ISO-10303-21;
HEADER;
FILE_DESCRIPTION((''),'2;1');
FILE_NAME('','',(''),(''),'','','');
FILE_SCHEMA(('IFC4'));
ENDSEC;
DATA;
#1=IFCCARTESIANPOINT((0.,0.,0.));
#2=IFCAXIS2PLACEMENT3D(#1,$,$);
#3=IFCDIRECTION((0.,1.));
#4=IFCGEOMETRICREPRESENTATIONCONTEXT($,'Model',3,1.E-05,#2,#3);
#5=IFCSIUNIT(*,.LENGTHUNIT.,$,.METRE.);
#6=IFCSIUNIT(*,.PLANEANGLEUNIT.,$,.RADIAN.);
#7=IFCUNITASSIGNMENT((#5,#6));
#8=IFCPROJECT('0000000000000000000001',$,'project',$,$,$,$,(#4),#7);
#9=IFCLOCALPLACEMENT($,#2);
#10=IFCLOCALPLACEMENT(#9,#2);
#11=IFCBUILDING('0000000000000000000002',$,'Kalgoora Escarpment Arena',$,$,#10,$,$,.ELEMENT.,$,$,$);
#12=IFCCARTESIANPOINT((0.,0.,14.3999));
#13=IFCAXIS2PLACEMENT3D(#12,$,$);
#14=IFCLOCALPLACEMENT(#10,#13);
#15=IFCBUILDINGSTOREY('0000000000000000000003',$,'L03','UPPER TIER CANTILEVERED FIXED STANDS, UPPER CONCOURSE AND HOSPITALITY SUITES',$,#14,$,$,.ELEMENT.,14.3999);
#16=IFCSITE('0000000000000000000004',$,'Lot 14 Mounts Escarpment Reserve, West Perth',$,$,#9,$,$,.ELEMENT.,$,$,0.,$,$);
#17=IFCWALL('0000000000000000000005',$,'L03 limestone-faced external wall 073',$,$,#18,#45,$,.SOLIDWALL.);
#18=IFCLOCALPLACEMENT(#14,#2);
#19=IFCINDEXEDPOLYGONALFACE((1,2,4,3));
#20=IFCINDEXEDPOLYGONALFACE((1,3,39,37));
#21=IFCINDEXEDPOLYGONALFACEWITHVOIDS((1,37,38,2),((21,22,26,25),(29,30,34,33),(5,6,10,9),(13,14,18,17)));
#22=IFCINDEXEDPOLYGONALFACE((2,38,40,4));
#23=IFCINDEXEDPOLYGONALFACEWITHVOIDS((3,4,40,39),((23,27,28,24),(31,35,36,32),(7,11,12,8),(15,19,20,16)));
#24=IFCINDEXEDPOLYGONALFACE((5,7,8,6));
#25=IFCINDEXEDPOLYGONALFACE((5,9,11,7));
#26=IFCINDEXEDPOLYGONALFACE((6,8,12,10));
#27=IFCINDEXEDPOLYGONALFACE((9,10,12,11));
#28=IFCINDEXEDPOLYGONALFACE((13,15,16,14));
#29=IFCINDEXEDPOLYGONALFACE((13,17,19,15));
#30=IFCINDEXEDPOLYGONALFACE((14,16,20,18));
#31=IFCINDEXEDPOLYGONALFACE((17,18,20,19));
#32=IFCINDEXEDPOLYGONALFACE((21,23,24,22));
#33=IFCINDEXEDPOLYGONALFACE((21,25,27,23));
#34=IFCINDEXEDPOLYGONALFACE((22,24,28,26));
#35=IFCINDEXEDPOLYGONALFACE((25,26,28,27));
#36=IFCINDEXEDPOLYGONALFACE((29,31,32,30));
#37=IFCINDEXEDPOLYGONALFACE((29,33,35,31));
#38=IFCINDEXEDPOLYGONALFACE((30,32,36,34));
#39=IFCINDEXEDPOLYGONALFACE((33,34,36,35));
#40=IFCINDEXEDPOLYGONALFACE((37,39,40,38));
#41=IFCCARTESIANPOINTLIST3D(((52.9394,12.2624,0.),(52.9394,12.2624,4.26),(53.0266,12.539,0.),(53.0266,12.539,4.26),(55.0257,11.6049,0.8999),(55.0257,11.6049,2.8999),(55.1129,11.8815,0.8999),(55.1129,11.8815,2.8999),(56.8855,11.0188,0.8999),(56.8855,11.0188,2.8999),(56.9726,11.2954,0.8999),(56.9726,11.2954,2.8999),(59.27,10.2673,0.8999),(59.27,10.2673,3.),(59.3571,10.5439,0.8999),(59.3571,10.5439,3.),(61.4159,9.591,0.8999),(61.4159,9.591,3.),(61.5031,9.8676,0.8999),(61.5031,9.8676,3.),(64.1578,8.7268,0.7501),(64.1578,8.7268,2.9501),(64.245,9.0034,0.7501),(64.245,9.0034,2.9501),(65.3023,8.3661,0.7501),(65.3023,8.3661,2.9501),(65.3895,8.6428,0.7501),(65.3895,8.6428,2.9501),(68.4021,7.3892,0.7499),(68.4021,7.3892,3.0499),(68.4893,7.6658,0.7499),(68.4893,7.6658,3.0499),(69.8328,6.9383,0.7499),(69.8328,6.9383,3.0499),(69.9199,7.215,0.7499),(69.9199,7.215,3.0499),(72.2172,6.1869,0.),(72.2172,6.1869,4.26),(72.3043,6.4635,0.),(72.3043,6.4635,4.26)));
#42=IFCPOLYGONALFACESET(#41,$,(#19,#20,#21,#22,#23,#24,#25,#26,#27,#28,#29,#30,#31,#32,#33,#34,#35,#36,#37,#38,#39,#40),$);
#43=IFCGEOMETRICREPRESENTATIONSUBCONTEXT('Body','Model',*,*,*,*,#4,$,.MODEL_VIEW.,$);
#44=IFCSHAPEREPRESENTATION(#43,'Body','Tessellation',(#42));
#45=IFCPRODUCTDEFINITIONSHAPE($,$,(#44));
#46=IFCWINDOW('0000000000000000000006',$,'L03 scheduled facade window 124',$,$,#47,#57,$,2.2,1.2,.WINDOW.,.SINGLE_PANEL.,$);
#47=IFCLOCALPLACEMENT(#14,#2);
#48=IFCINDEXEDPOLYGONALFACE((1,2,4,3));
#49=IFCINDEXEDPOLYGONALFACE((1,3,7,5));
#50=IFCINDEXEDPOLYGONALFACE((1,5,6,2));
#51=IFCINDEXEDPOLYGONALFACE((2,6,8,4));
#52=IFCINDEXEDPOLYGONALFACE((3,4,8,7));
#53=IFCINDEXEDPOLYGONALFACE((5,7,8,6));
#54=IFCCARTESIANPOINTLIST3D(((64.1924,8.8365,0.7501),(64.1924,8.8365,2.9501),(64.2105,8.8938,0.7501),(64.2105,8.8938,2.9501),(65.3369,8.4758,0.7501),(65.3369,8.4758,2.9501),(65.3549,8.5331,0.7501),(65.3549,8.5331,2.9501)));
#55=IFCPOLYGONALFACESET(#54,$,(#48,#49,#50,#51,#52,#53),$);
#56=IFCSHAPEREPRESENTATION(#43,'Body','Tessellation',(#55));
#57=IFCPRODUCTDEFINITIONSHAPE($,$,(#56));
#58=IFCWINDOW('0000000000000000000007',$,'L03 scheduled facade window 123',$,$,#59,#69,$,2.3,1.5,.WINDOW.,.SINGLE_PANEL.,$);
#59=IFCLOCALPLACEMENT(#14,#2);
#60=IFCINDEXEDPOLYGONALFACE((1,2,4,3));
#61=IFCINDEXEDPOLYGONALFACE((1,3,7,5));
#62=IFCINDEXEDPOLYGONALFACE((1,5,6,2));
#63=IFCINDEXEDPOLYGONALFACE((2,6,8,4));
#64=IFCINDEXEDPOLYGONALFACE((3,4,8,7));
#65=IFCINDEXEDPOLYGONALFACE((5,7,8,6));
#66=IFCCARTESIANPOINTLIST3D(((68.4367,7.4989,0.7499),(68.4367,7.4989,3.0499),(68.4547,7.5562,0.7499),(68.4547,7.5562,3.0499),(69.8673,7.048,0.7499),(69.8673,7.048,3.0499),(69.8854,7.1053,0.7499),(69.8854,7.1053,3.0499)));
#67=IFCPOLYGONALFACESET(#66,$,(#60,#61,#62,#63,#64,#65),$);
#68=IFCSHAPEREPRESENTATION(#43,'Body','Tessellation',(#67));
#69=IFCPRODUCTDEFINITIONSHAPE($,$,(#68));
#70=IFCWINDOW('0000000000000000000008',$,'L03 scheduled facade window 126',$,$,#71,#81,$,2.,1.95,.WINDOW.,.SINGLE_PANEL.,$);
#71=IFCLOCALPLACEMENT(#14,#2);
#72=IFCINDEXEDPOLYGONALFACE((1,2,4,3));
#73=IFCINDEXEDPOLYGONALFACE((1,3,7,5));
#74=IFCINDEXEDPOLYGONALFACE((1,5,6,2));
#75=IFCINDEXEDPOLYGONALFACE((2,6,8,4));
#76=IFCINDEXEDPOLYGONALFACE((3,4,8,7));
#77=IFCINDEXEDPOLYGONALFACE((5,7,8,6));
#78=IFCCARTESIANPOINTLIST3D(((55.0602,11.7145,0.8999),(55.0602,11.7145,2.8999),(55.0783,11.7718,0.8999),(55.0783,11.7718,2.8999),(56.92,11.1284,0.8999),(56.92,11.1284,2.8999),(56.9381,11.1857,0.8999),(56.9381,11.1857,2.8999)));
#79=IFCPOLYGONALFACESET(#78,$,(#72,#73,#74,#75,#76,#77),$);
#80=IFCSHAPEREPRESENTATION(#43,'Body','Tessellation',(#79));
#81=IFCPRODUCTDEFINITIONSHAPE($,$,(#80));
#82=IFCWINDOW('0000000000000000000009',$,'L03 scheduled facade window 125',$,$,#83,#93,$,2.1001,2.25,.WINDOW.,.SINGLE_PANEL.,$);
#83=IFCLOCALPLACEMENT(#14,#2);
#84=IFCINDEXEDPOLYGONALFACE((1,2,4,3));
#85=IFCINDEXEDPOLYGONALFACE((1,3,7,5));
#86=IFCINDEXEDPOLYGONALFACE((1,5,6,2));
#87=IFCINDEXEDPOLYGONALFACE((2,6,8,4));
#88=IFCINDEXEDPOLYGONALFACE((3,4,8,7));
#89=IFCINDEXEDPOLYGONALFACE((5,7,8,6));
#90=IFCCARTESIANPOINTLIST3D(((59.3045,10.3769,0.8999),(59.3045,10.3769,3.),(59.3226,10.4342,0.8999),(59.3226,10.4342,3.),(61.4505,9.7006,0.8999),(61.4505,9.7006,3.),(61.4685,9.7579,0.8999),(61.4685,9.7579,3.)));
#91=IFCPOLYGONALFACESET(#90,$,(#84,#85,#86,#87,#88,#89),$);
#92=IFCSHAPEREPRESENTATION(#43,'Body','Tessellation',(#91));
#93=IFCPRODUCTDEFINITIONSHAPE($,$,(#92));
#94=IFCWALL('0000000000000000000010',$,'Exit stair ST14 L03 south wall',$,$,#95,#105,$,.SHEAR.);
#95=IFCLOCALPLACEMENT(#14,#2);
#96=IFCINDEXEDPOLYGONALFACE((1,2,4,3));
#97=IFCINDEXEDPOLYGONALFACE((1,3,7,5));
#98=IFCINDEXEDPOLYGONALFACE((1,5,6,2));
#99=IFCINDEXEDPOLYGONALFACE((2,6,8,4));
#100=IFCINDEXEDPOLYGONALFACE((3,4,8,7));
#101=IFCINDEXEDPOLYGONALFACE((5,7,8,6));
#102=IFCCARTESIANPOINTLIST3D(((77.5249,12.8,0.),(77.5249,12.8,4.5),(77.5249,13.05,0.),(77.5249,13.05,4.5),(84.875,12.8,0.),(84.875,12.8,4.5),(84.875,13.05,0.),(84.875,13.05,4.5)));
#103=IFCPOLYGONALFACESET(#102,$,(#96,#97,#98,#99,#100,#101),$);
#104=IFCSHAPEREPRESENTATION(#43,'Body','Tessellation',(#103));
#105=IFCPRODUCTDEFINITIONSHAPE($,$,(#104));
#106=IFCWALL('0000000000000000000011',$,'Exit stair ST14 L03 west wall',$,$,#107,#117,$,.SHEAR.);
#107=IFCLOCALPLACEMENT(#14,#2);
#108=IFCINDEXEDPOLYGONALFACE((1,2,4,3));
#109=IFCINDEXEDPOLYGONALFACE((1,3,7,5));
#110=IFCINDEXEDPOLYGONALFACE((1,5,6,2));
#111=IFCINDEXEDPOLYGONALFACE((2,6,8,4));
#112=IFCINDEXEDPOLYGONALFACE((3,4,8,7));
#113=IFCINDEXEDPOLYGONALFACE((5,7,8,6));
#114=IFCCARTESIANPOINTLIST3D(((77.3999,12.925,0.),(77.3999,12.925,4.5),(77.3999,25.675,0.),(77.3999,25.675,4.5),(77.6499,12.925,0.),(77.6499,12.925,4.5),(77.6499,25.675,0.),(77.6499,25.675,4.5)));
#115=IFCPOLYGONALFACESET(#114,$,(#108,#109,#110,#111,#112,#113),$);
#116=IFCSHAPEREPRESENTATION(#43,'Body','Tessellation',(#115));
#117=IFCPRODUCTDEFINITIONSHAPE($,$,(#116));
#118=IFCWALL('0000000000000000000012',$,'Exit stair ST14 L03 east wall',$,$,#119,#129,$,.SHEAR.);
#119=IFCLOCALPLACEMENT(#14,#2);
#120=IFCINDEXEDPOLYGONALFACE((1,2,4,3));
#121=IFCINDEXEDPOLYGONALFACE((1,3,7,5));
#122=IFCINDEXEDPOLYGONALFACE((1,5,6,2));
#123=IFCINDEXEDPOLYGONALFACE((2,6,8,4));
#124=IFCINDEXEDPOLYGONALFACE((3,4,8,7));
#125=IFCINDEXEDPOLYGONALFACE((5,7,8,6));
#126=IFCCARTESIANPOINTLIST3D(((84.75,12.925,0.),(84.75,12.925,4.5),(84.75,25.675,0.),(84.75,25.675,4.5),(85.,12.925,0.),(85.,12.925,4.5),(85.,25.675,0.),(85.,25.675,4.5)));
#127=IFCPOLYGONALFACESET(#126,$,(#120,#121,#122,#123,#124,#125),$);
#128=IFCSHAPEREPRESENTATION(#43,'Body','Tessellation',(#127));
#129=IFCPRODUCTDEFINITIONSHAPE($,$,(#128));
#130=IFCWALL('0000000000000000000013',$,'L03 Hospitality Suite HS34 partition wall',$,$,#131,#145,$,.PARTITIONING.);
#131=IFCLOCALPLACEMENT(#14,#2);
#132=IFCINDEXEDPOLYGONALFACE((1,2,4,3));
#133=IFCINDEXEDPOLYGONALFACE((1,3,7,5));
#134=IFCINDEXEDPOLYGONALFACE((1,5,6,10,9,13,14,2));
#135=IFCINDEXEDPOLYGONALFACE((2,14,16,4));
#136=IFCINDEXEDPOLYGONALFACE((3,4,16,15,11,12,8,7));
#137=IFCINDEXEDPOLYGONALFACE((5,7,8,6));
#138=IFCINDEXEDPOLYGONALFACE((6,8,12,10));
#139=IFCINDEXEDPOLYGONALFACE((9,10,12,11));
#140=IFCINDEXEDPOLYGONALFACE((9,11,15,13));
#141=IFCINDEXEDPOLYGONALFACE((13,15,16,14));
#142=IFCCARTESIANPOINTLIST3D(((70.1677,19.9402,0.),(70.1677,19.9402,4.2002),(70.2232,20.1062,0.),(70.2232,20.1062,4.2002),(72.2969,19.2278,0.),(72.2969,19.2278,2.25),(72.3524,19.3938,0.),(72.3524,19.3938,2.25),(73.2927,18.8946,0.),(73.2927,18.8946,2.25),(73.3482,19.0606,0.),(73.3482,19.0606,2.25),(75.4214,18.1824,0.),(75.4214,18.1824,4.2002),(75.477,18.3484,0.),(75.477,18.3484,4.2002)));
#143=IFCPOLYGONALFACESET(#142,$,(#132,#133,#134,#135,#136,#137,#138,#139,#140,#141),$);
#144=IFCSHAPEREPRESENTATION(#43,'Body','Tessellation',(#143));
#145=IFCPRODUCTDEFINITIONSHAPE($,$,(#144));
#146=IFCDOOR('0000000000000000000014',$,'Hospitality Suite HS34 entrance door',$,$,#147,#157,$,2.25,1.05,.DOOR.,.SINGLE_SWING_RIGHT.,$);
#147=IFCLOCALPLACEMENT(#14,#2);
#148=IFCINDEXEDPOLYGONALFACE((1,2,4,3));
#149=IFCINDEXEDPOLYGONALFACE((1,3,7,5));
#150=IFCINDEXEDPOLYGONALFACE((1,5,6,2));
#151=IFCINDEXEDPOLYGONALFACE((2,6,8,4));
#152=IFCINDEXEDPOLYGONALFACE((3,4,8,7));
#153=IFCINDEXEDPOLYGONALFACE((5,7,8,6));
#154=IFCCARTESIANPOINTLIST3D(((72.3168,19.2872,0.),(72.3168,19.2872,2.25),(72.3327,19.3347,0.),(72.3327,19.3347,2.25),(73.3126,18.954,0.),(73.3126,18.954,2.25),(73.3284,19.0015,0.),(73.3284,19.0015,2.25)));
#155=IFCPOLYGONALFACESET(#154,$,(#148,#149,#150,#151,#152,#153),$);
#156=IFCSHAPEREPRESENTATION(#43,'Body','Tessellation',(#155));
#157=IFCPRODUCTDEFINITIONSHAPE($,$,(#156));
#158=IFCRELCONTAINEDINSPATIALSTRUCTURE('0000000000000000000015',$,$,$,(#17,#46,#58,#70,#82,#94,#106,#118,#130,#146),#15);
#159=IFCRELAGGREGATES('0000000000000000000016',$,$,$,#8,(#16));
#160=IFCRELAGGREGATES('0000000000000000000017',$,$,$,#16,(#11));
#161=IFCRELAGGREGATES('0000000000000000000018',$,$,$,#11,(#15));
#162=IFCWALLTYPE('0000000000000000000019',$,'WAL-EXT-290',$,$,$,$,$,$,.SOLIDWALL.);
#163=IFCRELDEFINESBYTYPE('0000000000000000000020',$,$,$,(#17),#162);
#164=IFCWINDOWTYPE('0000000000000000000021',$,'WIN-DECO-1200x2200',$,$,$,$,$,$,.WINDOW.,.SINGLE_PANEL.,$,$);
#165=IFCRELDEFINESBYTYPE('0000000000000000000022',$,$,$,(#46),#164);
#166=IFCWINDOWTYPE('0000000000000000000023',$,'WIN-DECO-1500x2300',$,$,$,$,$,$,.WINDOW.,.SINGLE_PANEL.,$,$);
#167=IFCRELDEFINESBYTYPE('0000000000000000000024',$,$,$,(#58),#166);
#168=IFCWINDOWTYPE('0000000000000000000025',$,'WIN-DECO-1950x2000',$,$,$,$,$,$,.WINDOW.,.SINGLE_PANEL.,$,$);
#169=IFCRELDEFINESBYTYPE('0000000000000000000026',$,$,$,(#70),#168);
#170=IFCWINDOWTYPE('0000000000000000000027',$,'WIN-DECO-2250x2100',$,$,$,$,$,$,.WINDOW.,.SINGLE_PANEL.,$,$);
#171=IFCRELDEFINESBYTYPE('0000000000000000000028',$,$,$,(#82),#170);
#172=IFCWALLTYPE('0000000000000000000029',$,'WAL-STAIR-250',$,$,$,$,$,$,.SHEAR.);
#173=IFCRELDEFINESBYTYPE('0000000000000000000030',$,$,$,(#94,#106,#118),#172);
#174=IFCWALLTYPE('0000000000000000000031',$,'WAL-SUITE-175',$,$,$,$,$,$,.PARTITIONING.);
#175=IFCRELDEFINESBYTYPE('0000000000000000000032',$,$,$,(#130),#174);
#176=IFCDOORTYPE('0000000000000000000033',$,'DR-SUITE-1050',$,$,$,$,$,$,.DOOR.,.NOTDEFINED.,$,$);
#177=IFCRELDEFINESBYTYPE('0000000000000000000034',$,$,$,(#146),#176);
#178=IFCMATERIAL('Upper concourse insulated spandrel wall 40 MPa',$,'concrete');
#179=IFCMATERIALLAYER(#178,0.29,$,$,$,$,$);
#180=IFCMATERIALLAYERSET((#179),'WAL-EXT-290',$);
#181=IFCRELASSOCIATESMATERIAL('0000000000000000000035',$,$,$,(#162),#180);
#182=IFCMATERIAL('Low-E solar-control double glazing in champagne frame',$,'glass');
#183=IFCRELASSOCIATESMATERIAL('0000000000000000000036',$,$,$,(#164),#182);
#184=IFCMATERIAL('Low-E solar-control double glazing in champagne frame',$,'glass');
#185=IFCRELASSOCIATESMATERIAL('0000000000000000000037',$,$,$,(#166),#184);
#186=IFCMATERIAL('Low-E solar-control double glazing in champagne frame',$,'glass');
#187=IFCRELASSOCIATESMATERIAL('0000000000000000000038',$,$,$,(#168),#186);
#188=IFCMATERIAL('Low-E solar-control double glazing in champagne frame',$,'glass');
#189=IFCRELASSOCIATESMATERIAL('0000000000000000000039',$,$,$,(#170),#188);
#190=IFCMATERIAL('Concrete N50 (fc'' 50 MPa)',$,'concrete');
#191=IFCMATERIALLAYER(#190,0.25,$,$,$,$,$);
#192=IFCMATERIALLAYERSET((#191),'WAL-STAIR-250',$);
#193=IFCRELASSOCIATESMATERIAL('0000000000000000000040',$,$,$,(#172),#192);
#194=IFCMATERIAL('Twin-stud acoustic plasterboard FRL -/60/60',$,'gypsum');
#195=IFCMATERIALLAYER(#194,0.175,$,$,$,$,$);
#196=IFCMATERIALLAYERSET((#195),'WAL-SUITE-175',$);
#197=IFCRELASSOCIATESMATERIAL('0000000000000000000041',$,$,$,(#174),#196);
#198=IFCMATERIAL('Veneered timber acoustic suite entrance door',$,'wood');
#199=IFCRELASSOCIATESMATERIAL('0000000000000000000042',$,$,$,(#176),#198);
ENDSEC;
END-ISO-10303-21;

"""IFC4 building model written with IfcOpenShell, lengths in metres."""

from ifc_helpers import new_model, si_unit, direction, frame, frame_2d, origin, place, context, subcontext, project, spatial, rectangle, extrude, material, layer, layer_set, type_object, element, fill, save


model = new_model("IFC4")

# Units and contexts
model_context = context("Model", 3, precision=1e-05, world=origin(), true_north=direction((0.0, 1.0)))
body_context = subcontext(model_context, "Body", "Model", "MODEL_VIEW")
ifc_project = project(units=[si_unit("LENGTHUNIT", "METRE"), si_unit("PLANEANGLEUNIT", "RADIAN")], contexts=[model_context])

# Site, building, storey
site_placement = place(None, origin())
site = spatial("IfcSite", under=ifc_project, at=site_placement, Name="Lot 14 Mounts Escarpment Reserve, West Perth", CompositionType="ELEMENT", RefElevation=0.0)
building_placement = place(site_placement, origin())
building = spatial("IfcBuilding", under=site, at=building_placement, Name="Kalgoora Escarpment Arena", CompositionType="ELEMENT")
storey_placement = place(building_placement, frame((0.0, 0.0, 14.3999)))
storey = spatial("IfcBuildingStorey", under=building, at=storey_placement, Name="L03", Description="UPPER TIER CANTILEVERED FIXED STANDS, UPPER CONCOURSE AND HOSPITALITY SUITES", CompositionType="ELEMENT", Elevation=14.3999)

# Wall, openings, windows
ifc_material_1 = material(Name="Upper concourse insulated spandrel wall 40 MPa", Category="concrete")
ifc_layer_1 = layer(ifc_material_1, 0.29)
ifc_layer_set_1 = layer_set([ifc_layer_1], Name="WAL-EXT-290")
wall_type_1 = type_object("IfcWallType", Name="WAL-EXT-290", PredefinedType="SOLIDWALL", material=ifc_layer_set_1)
wall_1_placement = place(storey_placement, frame((72.2607, 6.3252, 0.0), z_axis=(0.0, 0.0, 1.0), x_axis=(-0.953756, 0.300582, 0.0)))
wall_1 = element("IfcWall", 1, at=wall_1_placement, inside=storey, type_object=wall_type_1, Name="L03 limestone-faced external wall 073", PredefinedType="SOLIDWALL", context=body_context, shape_type="SweptSolid", body=[
    extrude(rectangle(XDim=20.2124, YDim=0.29, at=frame_2d((10.1062, 0.0))), origin(), (0.0, 0.0, 1.0), 4.26),
])
opening_1_placement = place(wall_1_placement, frame((2.5, 0.0, 0.75)))
opening_1 = element("IfcOpeningElement", 2, at=opening_1_placement, cuts=wall_1, PredefinedType="OPENING", context=body_context, shape_type="SweptSolid", body=[
    extrude(rectangle(XDim=1.5, YDim=2.3, at=frame_2d((0.75, 1.1499))), frame((0.0, 0.155, 0.0), z_axis=(0.0, -1.0, 0.0), x_axis=(1.0, 0.0, 0.0)), (0.0, 0.0, 1.0), 0.3101),
])
opening_2_placement = place(wall_1_placement, frame((7.25, 0.0, 0.75)))
opening_2 = element("IfcOpeningElement", 3, at=opening_2_placement, cuts=wall_1, PredefinedType="OPENING", context=body_context, shape_type="SweptSolid", body=[
    extrude(rectangle(XDim=1.2, YDim=2.2, at=frame_2d((0.6001, 1.1001))), frame((0.0, 0.155, 0.0), z_axis=(0.0, -1.0, 0.0), x_axis=(1.0, 0.0, 0.0)), (0.0, 0.0, 1.0), 0.3101),
])
opening_3_placement = place(wall_1_placement, frame((11.325, 0.0, 0.8999)))
opening_3 = element("IfcOpeningElement", 4, at=opening_3_placement, cuts=wall_1, PredefinedType="OPENING", context=body_context, shape_type="SweptSolid", body=[
    extrude(rectangle(XDim=2.25, YDim=2.1001, at=frame_2d((1.125, 1.05))), frame((0.0, 0.155, 0.0), z_axis=(0.0, -1.0, 0.0), x_axis=(1.0, 0.0, 0.0)), (0.0, 0.0, 1.0), 0.3101),
])
opening_4_placement = place(wall_1_placement, frame((16.075, 0.0, 0.8999)))
opening_4 = element("IfcOpeningElement", 5, at=opening_4_placement, cuts=wall_1, PredefinedType="OPENING", context=body_context, shape_type="SweptSolid", body=[
    extrude(rectangle(XDim=1.95, YDim=2.0, at=frame_2d((0.9751, 1.0))), frame((0.0, 0.155, 0.0), z_axis=(0.0, -1.0, 0.0), x_axis=(1.0, 0.0, 0.0)), (0.0, 0.0, 1.0), 0.3101),
])
ifc_material_2 = material(Name="Low-E solar-control double glazing in champagne frame", Category="glass")
window_type_1 = type_object("IfcWindowType", Name="WIN-DECO-1200x2200", PartitioningType="SINGLE_PANEL", PredefinedType="WINDOW", material=ifc_material_2)
window_1_placement = place(opening_2_placement, origin())
window_1 = element("IfcWindow", 6, at=window_1_placement, inside=storey, type_object=window_type_1, Name="L03 scheduled facade window 124", OverallHeight=2.2, OverallWidth=1.2, PartitioningType="SINGLE_PANEL", PredefinedType="WINDOW", context=body_context, shape_type="SweptSolid", body=[
    extrude(rectangle(XDim=1.2, YDim=2.2, at=frame_2d((0.6001, 1.1001))), frame((0.0, 0.03, 0.0), z_axis=(0.0, -1.0, 0.0), x_axis=(1.0, 0.0, 0.0)), (0.0, 0.0, 1.0), 0.0601),
])
fill(opening_2, window_1)
ifc_material_3 = material(Name="Low-E solar-control double glazing in champagne frame", Category="glass")
window_type_2 = type_object("IfcWindowType", Name="WIN-DECO-1500x2300", PartitioningType="SINGLE_PANEL", PredefinedType="WINDOW", material=ifc_material_3)
window_2_placement = place(opening_1_placement, origin())
window_2 = element("IfcWindow", 7, at=window_2_placement, inside=storey, type_object=window_type_2, Name="L03 scheduled facade window 123", OverallHeight=2.3, OverallWidth=1.5, PartitioningType="SINGLE_PANEL", PredefinedType="WINDOW", context=body_context, shape_type="SweptSolid", body=[
    extrude(rectangle(XDim=1.5, YDim=2.3, at=frame_2d((0.75, 1.1499))), frame((0.0, 0.03, 0.0), z_axis=(0.0, -1.0, 0.0), x_axis=(1.0, 0.0, 0.0)), (0.0, 0.0, 1.0), 0.0601),
])
fill(opening_1, window_2)
ifc_material_4 = material(Name="Low-E solar-control double glazing in champagne frame", Category="glass")
window_type_3 = type_object("IfcWindowType", Name="WIN-DECO-1950x2000", PartitioningType="SINGLE_PANEL", PredefinedType="WINDOW", material=ifc_material_4)
window_3_placement = place(opening_4_placement, origin())
window_3 = element("IfcWindow", 8, at=window_3_placement, inside=storey, type_object=window_type_3, Name="L03 scheduled facade window 126", OverallHeight=2.0, OverallWidth=1.95, PartitioningType="SINGLE_PANEL", PredefinedType="WINDOW", context=body_context, shape_type="SweptSolid", body=[
    extrude(rectangle(XDim=1.95, YDim=2.0, at=frame_2d((0.9751, 1.0))), frame((0.0, 0.03, 0.0), z_axis=(0.0, -1.0, 0.0), x_axis=(1.0, 0.0, 0.0)), (0.0, 0.0, 1.0), 0.0601),
])
fill(opening_4, window_3)
ifc_material_5 = material(Name="Low-E solar-control double glazing in champagne frame", Category="glass")
window_type_4 = type_object("IfcWindowType", Name="WIN-DECO-2250x2100", PartitioningType="SINGLE_PANEL", PredefinedType="WINDOW", material=ifc_material_5)
window_4_placement = place(opening_3_placement, origin())
window_4 = element("IfcWindow", 9, at=window_4_placement, inside=storey, type_object=window_type_4, Name="L03 scheduled facade window 125", OverallHeight=2.1001, OverallWidth=2.25, PartitioningType="SINGLE_PANEL", PredefinedType="WINDOW", context=body_context, shape_type="SweptSolid", body=[
    extrude(rectangle(XDim=2.25, YDim=2.1001, at=frame_2d((1.125, 1.05))), frame((0.0, 0.03, 0.0), z_axis=(0.0, -1.0, 0.0), x_axis=(1.0, 0.0, 0.0)), (0.0, 0.0, 1.0), 0.0601),
])
fill(opening_3, window_4)

# Walls
ifc_material_6 = material(Name="Concrete N50 (fc' 50 MPa)", Category="concrete")
ifc_layer_2 = layer(ifc_material_6, 0.25)
ifc_layer_set_2 = layer_set([ifc_layer_2], Name="WAL-STAIR-250")
wall_type_2 = type_object("IfcWallType", Name="WAL-STAIR-250", PredefinedType="SHEAR", material=ifc_layer_set_2)
wall_2_placement = place(storey_placement, frame((77.5249, 12.925, 0.0), z_axis=(0.0, 0.0, 1.0), x_axis=(1.0, 0.0, 0.0)))
element("IfcWall", 10, at=wall_2_placement, inside=storey, type_object=wall_type_2, Name="Exit stair ST14 L03 south wall", PredefinedType="SHEAR", context=body_context, shape_type="SweptSolid", body=[
    extrude(rectangle(XDim=7.3501, YDim=0.25, at=frame_2d((3.675, 0.0))), origin(), (0.0, 0.0, 1.0), 4.5),
])
for number, where, z_axis, x_axis, name in (
    (11, (77.5249, 12.925, 0.0), (0.0, 0.0, 1.0), (0.0, 1.0, 0.0), "Exit stair ST14 L03 west wall"),
    (12, (84.875, 12.925, 0.0), (0.0, 0.0, 1.0), (0.0, 1.0, 0.0), "Exit stair ST14 L03 east wall"),
):
    element("IfcWall", number, at=place(storey_placement, frame(where, z_axis=z_axis, x_axis=x_axis)), inside=storey, type_object=wall_type_2, Name=name, PredefinedType="SHEAR", context=body_context, shape_type="SweptSolid", body=[
        extrude(rectangle(XDim=12.75, YDim=0.25, at=frame_2d((6.375, 0.0))), origin(), (0.0, 0.0, 1.0), 4.5),
    ])

# Wall, opening, door
ifc_material_7 = material(Name="Twin-stud acoustic plasterboard FRL -/60/60", Category="gypsum")
ifc_layer_3 = layer(ifc_material_7, 0.175)
ifc_layer_set_3 = layer_set([ifc_layer_3], Name="WAL-SUITE-175")
wall_type_3 = type_object("IfcWallType", Name="WAL-SUITE-175", PredefinedType="PARTITIONING", material=ifc_layer_set_3)
wall_3_placement = place(storey_placement, frame((75.4492, 18.2654, 0.0), z_axis=(0.0, 0.0, 1.0), x_axis=(-0.948326, 0.317298, 0.0)))
wall_3 = element("IfcWall", 13, at=wall_3_placement, inside=storey, type_object=wall_type_3, Name="L03 Hospitality Suite HS34 partition wall", PredefinedType="PARTITIONING", context=body_context, shape_type="SweptSolid", body=[
    extrude(rectangle(XDim=5.54, YDim=0.175, at=frame_2d((2.77, 0.0))), origin(), (0.0, 0.0, 1.0), 4.2002),
])
opening_5_placement = place(wall_3_placement, frame((2.2449, 0.0, 0.0)))
opening_5 = element("IfcOpeningElement", 14, at=opening_5_placement, cuts=wall_3, PredefinedType="OPENING", context=body_context, shape_type="SweptSolid", body=[
    extrude(rectangle(XDim=1.05, YDim=2.25, at=frame_2d((0.5249, 1.125))), frame((0.0, 0.0974, 0.0), z_axis=(0.0, -1.0, 0.0), x_axis=(1.0, 0.0, 0.0)), (0.0, 0.0, 1.0), 0.1951),
])
ifc_material_8 = material(Name="Veneered timber acoustic suite entrance door", Category="wood")
door_type = type_object("IfcDoorType", Name="DR-SUITE-1050", OperationType="NOTDEFINED", PredefinedType="DOOR", material=ifc_material_8)
door_placement = place(opening_5_placement, origin())
door = element("IfcDoor", 15, at=door_placement, inside=storey, type_object=door_type, Name="Hospitality Suite HS34 entrance door", OperationType="SINGLE_SWING_RIGHT", OverallHeight=2.25, OverallWidth=1.05, PredefinedType="DOOR", context=body_context, shape_type="SweptSolid", body=[
    extrude(rectangle(XDim=1.05, YDim=2.25, at=frame_2d((0.5249, 1.125))), frame((0.0, 0.0249, 0.0), z_axis=(0.0, -1.0, 0.0), x_axis=(1.0, 0.0, 0.0)), (0.0, 0.0, 1.0), 0.05),
])
fill(opening_5, door)

save(model, "model.ifc")
